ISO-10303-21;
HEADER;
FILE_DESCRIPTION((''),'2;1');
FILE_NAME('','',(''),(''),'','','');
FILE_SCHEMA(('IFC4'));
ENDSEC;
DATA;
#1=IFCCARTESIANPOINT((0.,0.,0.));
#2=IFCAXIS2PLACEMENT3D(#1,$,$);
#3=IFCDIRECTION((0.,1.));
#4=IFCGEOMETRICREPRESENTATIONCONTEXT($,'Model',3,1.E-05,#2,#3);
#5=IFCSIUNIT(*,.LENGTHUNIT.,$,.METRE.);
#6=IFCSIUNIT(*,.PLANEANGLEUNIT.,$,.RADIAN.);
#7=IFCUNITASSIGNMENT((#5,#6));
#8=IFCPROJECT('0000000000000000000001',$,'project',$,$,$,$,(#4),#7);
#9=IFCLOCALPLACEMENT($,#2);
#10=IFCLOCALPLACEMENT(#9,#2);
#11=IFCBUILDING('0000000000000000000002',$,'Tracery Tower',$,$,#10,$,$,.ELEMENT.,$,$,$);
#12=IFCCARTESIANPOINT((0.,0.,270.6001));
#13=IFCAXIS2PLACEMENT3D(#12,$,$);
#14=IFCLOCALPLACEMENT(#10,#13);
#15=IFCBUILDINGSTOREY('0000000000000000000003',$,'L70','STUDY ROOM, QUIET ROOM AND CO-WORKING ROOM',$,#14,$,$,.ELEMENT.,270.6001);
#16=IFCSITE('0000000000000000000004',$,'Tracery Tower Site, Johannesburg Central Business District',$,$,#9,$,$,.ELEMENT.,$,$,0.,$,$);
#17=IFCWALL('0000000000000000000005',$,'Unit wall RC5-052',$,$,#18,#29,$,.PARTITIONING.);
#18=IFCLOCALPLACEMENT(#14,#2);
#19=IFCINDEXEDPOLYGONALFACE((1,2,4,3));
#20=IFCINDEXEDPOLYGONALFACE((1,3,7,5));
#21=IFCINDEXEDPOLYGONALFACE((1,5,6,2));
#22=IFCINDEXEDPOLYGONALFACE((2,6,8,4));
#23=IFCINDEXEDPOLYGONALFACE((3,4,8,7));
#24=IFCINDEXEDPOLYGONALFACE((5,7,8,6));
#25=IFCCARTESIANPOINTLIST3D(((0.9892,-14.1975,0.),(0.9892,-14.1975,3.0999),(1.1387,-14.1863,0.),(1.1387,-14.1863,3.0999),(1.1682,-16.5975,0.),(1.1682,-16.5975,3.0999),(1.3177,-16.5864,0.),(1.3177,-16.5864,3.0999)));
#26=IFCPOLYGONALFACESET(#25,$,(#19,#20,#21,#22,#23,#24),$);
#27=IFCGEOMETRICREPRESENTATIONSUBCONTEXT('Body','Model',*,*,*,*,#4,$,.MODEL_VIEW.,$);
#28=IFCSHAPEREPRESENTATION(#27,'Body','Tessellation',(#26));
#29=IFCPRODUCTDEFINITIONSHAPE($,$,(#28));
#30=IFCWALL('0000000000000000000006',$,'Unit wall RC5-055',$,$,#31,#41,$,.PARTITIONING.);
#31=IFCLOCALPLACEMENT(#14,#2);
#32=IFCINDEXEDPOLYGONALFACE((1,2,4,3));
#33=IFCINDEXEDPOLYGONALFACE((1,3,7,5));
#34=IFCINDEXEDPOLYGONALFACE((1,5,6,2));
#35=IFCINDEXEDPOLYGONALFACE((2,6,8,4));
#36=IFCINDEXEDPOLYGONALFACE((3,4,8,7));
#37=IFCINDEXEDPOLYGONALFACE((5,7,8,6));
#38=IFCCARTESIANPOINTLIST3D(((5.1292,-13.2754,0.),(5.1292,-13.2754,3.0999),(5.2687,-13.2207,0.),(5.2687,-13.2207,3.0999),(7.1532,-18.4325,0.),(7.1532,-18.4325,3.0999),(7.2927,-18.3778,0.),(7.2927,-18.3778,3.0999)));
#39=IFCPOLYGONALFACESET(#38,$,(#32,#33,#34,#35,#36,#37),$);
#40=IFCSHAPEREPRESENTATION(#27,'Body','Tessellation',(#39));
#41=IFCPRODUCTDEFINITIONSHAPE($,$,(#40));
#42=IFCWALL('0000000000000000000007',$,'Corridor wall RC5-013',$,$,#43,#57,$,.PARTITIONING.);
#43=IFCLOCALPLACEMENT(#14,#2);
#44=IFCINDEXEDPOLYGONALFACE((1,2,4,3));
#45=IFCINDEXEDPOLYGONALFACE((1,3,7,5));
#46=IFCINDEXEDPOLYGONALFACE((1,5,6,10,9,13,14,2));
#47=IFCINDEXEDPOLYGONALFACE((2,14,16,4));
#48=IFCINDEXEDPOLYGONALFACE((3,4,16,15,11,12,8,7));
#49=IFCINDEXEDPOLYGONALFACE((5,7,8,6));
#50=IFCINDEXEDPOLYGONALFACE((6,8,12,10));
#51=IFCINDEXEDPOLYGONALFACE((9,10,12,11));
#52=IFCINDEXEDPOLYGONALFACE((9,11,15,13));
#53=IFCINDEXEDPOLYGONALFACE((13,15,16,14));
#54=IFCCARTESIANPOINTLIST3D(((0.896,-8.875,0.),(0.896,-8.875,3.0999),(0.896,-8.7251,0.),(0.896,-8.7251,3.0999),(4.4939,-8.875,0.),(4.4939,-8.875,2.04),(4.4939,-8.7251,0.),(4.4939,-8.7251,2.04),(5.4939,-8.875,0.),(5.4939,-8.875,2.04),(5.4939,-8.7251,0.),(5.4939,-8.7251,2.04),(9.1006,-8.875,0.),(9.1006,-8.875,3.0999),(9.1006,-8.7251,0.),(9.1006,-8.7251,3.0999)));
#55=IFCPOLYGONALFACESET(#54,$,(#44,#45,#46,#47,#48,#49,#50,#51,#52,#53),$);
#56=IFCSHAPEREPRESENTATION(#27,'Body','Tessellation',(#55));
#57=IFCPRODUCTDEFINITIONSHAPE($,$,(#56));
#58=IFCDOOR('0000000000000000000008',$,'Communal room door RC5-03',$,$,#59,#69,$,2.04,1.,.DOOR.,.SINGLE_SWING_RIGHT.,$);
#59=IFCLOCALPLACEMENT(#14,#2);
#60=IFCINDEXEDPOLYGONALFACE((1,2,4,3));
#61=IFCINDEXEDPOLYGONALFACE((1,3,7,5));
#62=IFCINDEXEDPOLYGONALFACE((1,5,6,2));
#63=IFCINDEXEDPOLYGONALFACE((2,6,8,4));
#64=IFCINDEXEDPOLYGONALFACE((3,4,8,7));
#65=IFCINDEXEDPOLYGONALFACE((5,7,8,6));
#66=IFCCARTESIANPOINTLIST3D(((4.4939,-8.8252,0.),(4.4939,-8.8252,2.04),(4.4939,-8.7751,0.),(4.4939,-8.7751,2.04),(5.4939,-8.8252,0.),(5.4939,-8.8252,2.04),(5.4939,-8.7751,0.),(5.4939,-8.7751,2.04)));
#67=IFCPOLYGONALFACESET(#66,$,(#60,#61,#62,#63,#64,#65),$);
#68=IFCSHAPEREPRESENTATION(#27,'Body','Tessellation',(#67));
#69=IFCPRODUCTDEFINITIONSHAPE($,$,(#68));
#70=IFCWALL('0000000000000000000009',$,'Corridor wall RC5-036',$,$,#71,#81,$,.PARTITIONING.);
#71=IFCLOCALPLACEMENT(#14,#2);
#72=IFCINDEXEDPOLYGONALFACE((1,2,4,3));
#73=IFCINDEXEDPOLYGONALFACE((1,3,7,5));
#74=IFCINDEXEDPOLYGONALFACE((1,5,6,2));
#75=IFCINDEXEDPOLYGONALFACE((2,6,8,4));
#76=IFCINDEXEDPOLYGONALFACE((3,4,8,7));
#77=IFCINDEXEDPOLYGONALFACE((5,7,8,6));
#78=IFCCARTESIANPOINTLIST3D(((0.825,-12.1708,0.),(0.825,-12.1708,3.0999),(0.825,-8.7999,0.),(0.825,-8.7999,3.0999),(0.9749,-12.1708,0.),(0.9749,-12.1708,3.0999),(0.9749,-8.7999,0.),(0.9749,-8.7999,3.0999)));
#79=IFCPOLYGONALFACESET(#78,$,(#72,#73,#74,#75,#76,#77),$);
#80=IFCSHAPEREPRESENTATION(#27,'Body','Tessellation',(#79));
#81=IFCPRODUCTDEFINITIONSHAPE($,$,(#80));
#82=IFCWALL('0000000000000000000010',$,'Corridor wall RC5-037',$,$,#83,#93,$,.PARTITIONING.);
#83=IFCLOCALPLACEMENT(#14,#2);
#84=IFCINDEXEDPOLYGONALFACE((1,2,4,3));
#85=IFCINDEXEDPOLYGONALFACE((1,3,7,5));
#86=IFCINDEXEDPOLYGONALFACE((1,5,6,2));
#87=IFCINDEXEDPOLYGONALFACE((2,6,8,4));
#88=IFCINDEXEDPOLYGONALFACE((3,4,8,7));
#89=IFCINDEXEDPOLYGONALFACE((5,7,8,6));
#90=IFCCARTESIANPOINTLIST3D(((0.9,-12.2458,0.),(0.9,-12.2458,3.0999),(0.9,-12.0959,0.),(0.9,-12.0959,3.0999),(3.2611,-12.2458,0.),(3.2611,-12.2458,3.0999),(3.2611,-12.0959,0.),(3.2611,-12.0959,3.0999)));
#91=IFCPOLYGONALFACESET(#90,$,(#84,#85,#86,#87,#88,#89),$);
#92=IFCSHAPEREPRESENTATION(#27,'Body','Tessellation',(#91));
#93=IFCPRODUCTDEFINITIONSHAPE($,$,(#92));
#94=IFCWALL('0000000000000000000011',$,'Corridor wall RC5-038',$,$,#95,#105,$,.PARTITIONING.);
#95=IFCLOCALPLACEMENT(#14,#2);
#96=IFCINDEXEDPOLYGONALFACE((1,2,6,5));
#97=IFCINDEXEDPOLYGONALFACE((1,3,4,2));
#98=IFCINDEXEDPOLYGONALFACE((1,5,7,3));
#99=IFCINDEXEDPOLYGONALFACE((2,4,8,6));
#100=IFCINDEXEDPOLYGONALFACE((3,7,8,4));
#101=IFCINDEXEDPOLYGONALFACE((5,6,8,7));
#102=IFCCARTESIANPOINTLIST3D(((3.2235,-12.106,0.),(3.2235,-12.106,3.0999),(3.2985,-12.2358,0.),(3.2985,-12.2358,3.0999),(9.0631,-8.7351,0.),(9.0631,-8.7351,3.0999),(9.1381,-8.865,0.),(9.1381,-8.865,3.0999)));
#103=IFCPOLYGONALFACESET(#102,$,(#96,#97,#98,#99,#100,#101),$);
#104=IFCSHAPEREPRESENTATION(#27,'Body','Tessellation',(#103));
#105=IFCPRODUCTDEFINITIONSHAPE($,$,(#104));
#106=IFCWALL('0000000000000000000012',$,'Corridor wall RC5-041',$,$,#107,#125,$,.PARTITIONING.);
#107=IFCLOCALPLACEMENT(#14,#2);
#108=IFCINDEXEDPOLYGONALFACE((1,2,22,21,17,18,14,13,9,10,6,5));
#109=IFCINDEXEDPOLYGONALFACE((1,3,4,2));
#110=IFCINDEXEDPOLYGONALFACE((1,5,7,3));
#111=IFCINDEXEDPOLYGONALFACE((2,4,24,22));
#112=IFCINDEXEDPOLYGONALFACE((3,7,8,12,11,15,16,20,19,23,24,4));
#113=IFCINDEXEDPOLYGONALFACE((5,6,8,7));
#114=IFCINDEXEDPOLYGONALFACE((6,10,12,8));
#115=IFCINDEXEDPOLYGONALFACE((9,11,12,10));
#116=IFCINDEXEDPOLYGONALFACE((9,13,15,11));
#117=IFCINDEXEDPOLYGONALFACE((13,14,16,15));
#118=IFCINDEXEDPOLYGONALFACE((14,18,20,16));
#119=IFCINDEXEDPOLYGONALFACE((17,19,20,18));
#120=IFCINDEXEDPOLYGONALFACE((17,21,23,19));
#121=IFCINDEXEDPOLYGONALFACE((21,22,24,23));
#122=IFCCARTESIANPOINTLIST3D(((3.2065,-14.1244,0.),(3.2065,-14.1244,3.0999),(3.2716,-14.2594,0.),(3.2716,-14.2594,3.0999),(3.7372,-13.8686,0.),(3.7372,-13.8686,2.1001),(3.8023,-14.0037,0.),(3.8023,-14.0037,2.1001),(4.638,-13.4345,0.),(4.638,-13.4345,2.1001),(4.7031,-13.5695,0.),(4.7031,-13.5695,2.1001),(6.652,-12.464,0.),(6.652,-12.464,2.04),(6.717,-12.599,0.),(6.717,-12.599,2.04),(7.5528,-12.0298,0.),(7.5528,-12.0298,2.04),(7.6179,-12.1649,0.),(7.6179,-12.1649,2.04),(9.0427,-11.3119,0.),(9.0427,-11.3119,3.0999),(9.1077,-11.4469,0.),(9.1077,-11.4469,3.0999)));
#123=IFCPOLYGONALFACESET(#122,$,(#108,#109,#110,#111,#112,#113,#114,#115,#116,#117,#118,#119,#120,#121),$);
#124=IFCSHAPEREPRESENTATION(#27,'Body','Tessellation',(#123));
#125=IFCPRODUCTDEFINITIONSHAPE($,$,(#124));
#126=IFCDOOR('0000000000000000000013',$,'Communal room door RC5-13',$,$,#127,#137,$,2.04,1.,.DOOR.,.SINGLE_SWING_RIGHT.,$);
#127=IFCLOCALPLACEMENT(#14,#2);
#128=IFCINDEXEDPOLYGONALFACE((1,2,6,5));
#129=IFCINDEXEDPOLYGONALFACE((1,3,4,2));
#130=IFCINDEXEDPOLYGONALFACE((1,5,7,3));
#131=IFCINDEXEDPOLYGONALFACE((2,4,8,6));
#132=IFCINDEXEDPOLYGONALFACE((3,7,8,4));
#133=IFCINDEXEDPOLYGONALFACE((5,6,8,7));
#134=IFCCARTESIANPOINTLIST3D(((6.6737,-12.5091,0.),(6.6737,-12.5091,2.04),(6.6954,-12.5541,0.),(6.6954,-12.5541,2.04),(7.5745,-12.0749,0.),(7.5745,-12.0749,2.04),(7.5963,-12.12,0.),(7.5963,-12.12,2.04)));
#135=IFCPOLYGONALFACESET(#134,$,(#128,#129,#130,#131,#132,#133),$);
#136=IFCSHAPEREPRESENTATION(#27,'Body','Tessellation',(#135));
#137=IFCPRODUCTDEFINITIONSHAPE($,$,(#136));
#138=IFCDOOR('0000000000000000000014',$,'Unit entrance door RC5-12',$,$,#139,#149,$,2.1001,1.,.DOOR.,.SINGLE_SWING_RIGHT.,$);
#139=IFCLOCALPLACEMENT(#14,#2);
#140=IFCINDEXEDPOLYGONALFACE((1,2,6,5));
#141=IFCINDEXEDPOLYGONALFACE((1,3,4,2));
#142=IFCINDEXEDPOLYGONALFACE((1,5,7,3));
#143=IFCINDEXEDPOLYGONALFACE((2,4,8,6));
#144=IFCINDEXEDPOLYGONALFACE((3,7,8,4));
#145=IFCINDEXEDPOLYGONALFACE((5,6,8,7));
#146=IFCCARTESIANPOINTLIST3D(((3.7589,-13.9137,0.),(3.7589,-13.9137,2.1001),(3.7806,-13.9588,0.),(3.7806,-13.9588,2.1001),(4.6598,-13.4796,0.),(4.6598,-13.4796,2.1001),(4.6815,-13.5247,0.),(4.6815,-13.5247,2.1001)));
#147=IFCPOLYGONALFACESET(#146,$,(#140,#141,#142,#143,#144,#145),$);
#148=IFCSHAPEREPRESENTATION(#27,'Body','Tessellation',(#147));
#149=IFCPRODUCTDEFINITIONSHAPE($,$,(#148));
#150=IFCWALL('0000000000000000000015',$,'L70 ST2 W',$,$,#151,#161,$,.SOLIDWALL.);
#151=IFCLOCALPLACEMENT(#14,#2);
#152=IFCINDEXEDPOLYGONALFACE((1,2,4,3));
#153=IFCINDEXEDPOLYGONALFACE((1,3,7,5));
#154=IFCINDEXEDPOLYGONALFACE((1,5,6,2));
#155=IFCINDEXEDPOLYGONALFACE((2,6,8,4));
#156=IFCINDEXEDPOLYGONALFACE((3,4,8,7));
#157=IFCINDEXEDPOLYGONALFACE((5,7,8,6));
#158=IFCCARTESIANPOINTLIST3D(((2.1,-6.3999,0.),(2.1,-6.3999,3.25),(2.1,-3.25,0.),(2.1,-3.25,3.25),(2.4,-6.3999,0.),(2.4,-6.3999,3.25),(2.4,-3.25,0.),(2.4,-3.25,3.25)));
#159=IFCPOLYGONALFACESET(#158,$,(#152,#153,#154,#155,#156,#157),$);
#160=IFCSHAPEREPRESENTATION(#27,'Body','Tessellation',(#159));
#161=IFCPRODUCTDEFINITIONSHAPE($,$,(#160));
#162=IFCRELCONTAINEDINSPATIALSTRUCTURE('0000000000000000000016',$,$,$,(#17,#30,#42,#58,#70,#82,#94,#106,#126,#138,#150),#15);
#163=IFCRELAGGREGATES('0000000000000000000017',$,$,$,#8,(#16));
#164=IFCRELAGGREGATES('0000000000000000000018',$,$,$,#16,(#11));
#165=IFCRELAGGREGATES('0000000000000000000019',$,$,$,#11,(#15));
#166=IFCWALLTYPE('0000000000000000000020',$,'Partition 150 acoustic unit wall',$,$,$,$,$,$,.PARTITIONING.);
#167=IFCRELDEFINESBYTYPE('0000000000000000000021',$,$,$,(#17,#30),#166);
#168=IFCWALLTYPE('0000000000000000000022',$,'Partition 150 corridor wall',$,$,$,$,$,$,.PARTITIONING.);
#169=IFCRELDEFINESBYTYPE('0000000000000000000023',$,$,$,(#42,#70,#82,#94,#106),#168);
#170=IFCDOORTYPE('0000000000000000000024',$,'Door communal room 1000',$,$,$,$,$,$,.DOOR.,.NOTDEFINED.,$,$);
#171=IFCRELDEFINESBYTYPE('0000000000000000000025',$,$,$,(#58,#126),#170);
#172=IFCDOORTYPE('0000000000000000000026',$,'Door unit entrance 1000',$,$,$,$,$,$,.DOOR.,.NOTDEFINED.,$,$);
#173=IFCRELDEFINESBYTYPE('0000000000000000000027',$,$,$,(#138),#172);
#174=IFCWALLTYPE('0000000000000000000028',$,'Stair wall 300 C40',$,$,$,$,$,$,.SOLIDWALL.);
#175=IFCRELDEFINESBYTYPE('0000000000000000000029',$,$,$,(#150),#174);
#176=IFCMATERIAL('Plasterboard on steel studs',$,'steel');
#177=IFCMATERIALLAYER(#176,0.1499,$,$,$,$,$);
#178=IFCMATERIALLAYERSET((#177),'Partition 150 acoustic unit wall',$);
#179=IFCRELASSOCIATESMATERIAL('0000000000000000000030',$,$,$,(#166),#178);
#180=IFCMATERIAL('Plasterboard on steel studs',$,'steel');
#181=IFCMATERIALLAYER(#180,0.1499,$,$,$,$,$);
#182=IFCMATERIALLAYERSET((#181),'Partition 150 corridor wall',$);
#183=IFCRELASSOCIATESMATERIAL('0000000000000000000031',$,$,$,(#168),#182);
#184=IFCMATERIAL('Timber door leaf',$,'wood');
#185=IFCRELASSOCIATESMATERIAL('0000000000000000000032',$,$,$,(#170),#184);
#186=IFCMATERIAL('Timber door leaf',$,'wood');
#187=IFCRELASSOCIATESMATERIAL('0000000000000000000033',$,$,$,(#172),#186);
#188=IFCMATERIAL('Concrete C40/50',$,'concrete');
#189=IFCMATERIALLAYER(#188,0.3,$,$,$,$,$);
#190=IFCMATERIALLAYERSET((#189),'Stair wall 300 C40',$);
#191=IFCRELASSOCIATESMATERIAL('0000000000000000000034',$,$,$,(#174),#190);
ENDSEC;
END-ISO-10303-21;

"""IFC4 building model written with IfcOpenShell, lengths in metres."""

from ifc_helpers import new_model, si_unit, direction, frame, frame_2d, origin, place, context, subcontext, project, spatial, rectangle, extrude, material, layer, layer_set, type_object, element, fill, save


model = new_model("IFC4")

# Units and contexts
model_context = context("Model", 3, precision=1e-05, world=origin(), true_north=direction((0.0, 1.0)))
body_context = subcontext(model_context, "Body", "Model", "MODEL_VIEW")
ifc_project = project(units=[si_unit("LENGTHUNIT", "METRE"), si_unit("PLANEANGLEUNIT", "RADIAN")], contexts=[model_context])

# Site, building, storey
site_placement = place(None, origin())
site = spatial("IfcSite", under=ifc_project, at=site_placement, Name="Tracery Tower Site, Johannesburg Central Business District", CompositionType="ELEMENT", RefElevation=0.0)
building_placement = place(site_placement, origin())
building = spatial("IfcBuilding", under=site, at=building_placement, Name="Tracery Tower", CompositionType="ELEMENT")
storey_placement = place(building_placement, frame((0.0, 0.0, 270.6001)))
storey = spatial("IfcBuildingStorey", under=building, at=storey_placement, Name="L70", Description="STUDY ROOM, QUIET ROOM AND CO-WORKING ROOM", CompositionType="ELEMENT", Elevation=270.6001)

# Walls
ifc_material_1 = material(Name="Plasterboard on steel studs", Category="steel")
ifc_layer_1 = layer(ifc_material_1, 0.1499)
ifc_layer_set_1 = layer_set([ifc_layer_1], Name="Partition 150 acoustic unit wall")
wall_type_1 = type_object("IfcWallType", Name="Partition 150 acoustic unit wall", PredefinedType="PARTITIONING", material=ifc_layer_set_1)
wall_1_placement = place(storey_placement, frame((1.064, -14.1919, 0.0), z_axis=(0.0, 0.0, 1.0), x_axis=(0.074354, -0.997232, 0.0)))
element("IfcWall", 1, at=wall_1_placement, inside=storey, type_object=wall_type_1, Name="Unit wall RC5-052", PredefinedType="PARTITIONING", context=body_context, shape_type="SweptSolid", body=[
    extrude(rectangle(XDim=2.4067, YDim=0.1499, at=frame_2d((1.2034, 0.0))), origin(), (0.0, 0.0, 1.0), 3.0999),
])
wall_2_placement = place(storey_placement, frame((5.199, -13.248, 0.0), z_axis=(0.0, 0.0, 1.0), x_axis=(0.365335, -0.930876, 0.0)))
element("IfcWall", 2, at=wall_2_placement, inside=storey, type_object=wall_type_1, Name="Unit wall RC5-055", PredefinedType="PARTITIONING", context=body_context, shape_type="SweptSolid", body=[
    extrude(rectangle(XDim=5.54, YDim=0.1499, at=frame_2d((2.77, 0.0))), origin(), (0.0, 0.0, 1.0), 3.0999),
])

# Wall, opening, door
ifc_material_2 = material(Name="Plasterboard on steel studs", Category="steel")
ifc_layer_2 = layer(ifc_material_2, 0.1499)
ifc_layer_set_2 = layer_set([ifc_layer_2], Name="Partition 150 corridor wall")
wall_type_2 = type_object("IfcWallType", Name="Partition 150 corridor wall", PredefinedType="PARTITIONING", material=ifc_layer_set_2)
wall_3_placement = place(storey_placement, frame((0.896, -8.8, 0.0), z_axis=(0.0, 0.0, 1.0), x_axis=(1.0, 0.0, 0.0)))
wall_3 = element("IfcWall", 3, at=wall_3_placement, inside=storey, type_object=wall_type_2, Name="Corridor wall RC5-013", PredefinedType="PARTITIONING", context=body_context, shape_type="SweptSolid", body=[
    extrude(rectangle(XDim=8.2046, YDim=0.1499, at=frame_2d((4.1023, 0.0))), origin(), (0.0, 0.0, 1.0), 3.0999),
])
opening_1_placement = place(wall_3_placement, frame((3.5979, 0.0, 0.0)))
opening_1 = element("IfcOpeningElement", 4, at=opening_1_placement, cuts=wall_3, PredefinedType="OPENING", context=body_context, shape_type="SweptSolid", body=[
    extrude(rectangle(XDim=1.0, YDim=2.04, at=frame_2d((0.5, 1.02))), frame((0.0, 0.075, 0.0), z_axis=(0.0, -1.0, 0.0), x_axis=(1.0, 0.0, 0.0)), (0.0, 0.0, 1.0), 0.1499),
])
ifc_material_3 = material(Name="Timber door leaf", Category="wood")
door_type_1 = type_object("IfcDoorType", Name="Door communal room 1000", OperationType="NOTDEFINED", PredefinedType="DOOR", material=ifc_material_3)
door_1_placement = place(opening_1_placement, origin())
door_1 = element("IfcDoor", 5, at=door_1_placement, inside=storey, type_object=door_type_1, Name="Communal room door RC5-03", OperationType="SINGLE_SWING_RIGHT", OverallHeight=2.04, OverallWidth=1.0, PredefinedType="DOOR", context=body_context, shape_type="SweptSolid", body=[
    extrude(rectangle(XDim=1.0, YDim=2.04, at=frame_2d((0.5, 1.02))), frame((0.0, 0.0249, 0.0), z_axis=(0.0, -1.0, 0.0), x_axis=(1.0, 0.0, 0.0)), (0.0, 0.0, 1.0), 0.05),
])
fill(opening_1, door_1)

# Walls
wall_4_placement = place(storey_placement, frame((0.8999, -12.1709, 0.0), z_axis=(0.0, 0.0, 1.0), x_axis=(0.0, 1.0, 0.0)))
element("IfcWall", 6, at=wall_4_placement, inside=storey, type_object=wall_type_2, Name="Corridor wall RC5-036", PredefinedType="PARTITIONING", context=body_context, shape_type="SweptSolid", body=[
    extrude(rectangle(XDim=3.3708, YDim=0.1499, at=frame_2d((1.6855, 0.0))), origin(), (0.0, 0.0, 1.0), 3.0999),
])
wall_5_placement = place(storey_placement, frame((0.8999, -12.1709, 0.0), z_axis=(0.0, 0.0, 1.0), x_axis=(1.0, 0.0, 0.0)))
element("IfcWall", 7, at=wall_5_placement, inside=storey, type_object=wall_type_2, Name="Corridor wall RC5-037", PredefinedType="PARTITIONING", context=body_context, shape_type="SweptSolid", body=[
    extrude(rectangle(XDim=2.3611, YDim=0.1499, at=frame_2d((1.1807, 0.0))), origin(), (0.0, 0.0, 1.0), 3.0999),
])
wall_6_placement = place(storey_placement, frame((3.261, -12.1709, 0.0), z_axis=(0.0, 0.0, 1.0), x_axis=(0.866067, 0.499928, 0.0)))
element("IfcWall", 8, at=wall_6_placement, inside=storey, type_object=wall_type_2, Name="Corridor wall RC5-038", PredefinedType="PARTITIONING", context=body_context, shape_type="SweptSolid", body=[
    extrude(rectangle(XDim=6.7427, YDim=0.1499, at=frame_2d((3.3713, 0.0))), origin(), (0.0, 0.0, 1.0), 3.0999),
])

# Wall, openings, doors
wall_7_placement = place(storey_placement, frame((3.239, -14.1919, 0.0), z_axis=(0.0, 0.0, 1.0), x_axis=(0.900852, 0.434127, 0.0)))
wall_7 = element("IfcWall", 9, at=wall_7_placement, inside=storey, type_object=wall_type_2, Name="Corridor wall RC5-041", PredefinedType="PARTITIONING", context=body_context, shape_type="SweptSolid", body=[
    extrude(rectangle(XDim=6.4785, YDim=0.1499, at=frame_2d((3.2393, 0.0))), origin(), (0.0, 0.0, 1.0), 3.0999),
])
opening_2_placement = place(wall_7_placement, frame((0.5891, 0.0, 0.0)))
opening_2 = element("IfcOpeningElement", 10, at=opening_2_placement, cuts=wall_7, PredefinedType="OPENING", context=body_context, shape_type="SweptSolid", body=[
    extrude(rectangle(XDim=1.0, YDim=2.1001, at=frame_2d((0.5, 1.05))), frame((0.0, 0.075, 0.0), z_axis=(0.0, -1.0, 0.0), x_axis=(1.0, 0.0, 0.0)), (0.0, 0.0, 1.0), 0.1499),
])
opening_3_placement = place(wall_7_placement, frame((3.8247, 0.0, 0.0)))
opening_3 = element("IfcOpeningElement", 11, at=opening_3_placement, cuts=wall_7, PredefinedType="OPENING", context=body_context, shape_type="SweptSolid", body=[
    extrude(rectangle(XDim=1.0, YDim=2.04, at=frame_2d((0.5, 1.02))), frame((0.0, 0.075, 0.0), z_axis=(0.0, -1.0, 0.0), x_axis=(1.0, 0.0, 0.0)), (0.0, 0.0, 1.0), 0.1499),
])
door_2_placement = place(opening_3_placement, origin())
door_2 = element("IfcDoor", 12, at=door_2_placement, inside=storey, type_object=door_type_1, Name="Communal room door RC5-13", OperationType="SINGLE_SWING_RIGHT", OverallHeight=2.04, OverallWidth=1.0, PredefinedType="DOOR", context=body_context, shape_type="SweptSolid", body=[
    extrude(rectangle(XDim=1.0, YDim=2.04, at=frame_2d((0.5, 1.02))), frame((0.0, 0.0249, 0.0), z_axis=(0.0, -1.0, 0.0), x_axis=(1.0, 0.0, 0.0)), (0.0, 0.0, 1.0), 0.05),
])
fill(opening_3, door_2)
ifc_material_4 = material(Name="Timber door leaf", Category="wood")
door_type_2 = type_object("IfcDoorType", Name="Door unit entrance 1000", OperationType="NOTDEFINED", PredefinedType="DOOR", material=ifc_material_4)
door_3_placement = place(opening_2_placement, origin())
door_3 = element("IfcDoor", 13, at=door_3_placement, inside=storey, type_object=door_type_2, Name="Unit entrance door RC5-12", OperationType="SINGLE_SWING_RIGHT", OverallHeight=2.1001, OverallWidth=1.0, PredefinedType="DOOR", context=body_context, shape_type="SweptSolid", body=[
    extrude(rectangle(XDim=1.0, YDim=2.1001, at=frame_2d((0.5, 1.05))), frame((0.0, 0.0249, 0.0), z_axis=(0.0, -1.0, 0.0), x_axis=(1.0, 0.0, 0.0)), (0.0, 0.0, 1.0), 0.05),
])
fill(opening_2, door_3)

# Shared definitions
ifc_material_5 = material(Name="Concrete C40/50", Category="concrete")
ifc_layer_3 = layer(ifc_material_5, 0.3)
ifc_layer_set_3 = layer_set([ifc_layer_3], Name="Stair wall 300 C40")
wall_type_3 = type_object("IfcWallType", Name="Stair wall 300 C40", PredefinedType="SOLIDWALL", material=ifc_layer_set_3)

# Wall
wall_8_placement = place(storey_placement, frame((2.25, -6.3999, 0.0), z_axis=(0.0, 0.0, 1.0), x_axis=(0.0, 1.0, 0.0)))
element("IfcWall", 14, at=wall_8_placement, inside=storey, type_object=wall_type_3, Name="L70 ST2 W", PredefinedType="SOLIDWALL", context=body_context, shape_type="SweptSolid", body=[
    extrude(rectangle(XDim=3.1499, YDim=0.3, at=frame_2d((1.575, 0.0))), origin(), (0.0, 0.0, 1.0), 3.25),
])

save(model, "model.ifc")
